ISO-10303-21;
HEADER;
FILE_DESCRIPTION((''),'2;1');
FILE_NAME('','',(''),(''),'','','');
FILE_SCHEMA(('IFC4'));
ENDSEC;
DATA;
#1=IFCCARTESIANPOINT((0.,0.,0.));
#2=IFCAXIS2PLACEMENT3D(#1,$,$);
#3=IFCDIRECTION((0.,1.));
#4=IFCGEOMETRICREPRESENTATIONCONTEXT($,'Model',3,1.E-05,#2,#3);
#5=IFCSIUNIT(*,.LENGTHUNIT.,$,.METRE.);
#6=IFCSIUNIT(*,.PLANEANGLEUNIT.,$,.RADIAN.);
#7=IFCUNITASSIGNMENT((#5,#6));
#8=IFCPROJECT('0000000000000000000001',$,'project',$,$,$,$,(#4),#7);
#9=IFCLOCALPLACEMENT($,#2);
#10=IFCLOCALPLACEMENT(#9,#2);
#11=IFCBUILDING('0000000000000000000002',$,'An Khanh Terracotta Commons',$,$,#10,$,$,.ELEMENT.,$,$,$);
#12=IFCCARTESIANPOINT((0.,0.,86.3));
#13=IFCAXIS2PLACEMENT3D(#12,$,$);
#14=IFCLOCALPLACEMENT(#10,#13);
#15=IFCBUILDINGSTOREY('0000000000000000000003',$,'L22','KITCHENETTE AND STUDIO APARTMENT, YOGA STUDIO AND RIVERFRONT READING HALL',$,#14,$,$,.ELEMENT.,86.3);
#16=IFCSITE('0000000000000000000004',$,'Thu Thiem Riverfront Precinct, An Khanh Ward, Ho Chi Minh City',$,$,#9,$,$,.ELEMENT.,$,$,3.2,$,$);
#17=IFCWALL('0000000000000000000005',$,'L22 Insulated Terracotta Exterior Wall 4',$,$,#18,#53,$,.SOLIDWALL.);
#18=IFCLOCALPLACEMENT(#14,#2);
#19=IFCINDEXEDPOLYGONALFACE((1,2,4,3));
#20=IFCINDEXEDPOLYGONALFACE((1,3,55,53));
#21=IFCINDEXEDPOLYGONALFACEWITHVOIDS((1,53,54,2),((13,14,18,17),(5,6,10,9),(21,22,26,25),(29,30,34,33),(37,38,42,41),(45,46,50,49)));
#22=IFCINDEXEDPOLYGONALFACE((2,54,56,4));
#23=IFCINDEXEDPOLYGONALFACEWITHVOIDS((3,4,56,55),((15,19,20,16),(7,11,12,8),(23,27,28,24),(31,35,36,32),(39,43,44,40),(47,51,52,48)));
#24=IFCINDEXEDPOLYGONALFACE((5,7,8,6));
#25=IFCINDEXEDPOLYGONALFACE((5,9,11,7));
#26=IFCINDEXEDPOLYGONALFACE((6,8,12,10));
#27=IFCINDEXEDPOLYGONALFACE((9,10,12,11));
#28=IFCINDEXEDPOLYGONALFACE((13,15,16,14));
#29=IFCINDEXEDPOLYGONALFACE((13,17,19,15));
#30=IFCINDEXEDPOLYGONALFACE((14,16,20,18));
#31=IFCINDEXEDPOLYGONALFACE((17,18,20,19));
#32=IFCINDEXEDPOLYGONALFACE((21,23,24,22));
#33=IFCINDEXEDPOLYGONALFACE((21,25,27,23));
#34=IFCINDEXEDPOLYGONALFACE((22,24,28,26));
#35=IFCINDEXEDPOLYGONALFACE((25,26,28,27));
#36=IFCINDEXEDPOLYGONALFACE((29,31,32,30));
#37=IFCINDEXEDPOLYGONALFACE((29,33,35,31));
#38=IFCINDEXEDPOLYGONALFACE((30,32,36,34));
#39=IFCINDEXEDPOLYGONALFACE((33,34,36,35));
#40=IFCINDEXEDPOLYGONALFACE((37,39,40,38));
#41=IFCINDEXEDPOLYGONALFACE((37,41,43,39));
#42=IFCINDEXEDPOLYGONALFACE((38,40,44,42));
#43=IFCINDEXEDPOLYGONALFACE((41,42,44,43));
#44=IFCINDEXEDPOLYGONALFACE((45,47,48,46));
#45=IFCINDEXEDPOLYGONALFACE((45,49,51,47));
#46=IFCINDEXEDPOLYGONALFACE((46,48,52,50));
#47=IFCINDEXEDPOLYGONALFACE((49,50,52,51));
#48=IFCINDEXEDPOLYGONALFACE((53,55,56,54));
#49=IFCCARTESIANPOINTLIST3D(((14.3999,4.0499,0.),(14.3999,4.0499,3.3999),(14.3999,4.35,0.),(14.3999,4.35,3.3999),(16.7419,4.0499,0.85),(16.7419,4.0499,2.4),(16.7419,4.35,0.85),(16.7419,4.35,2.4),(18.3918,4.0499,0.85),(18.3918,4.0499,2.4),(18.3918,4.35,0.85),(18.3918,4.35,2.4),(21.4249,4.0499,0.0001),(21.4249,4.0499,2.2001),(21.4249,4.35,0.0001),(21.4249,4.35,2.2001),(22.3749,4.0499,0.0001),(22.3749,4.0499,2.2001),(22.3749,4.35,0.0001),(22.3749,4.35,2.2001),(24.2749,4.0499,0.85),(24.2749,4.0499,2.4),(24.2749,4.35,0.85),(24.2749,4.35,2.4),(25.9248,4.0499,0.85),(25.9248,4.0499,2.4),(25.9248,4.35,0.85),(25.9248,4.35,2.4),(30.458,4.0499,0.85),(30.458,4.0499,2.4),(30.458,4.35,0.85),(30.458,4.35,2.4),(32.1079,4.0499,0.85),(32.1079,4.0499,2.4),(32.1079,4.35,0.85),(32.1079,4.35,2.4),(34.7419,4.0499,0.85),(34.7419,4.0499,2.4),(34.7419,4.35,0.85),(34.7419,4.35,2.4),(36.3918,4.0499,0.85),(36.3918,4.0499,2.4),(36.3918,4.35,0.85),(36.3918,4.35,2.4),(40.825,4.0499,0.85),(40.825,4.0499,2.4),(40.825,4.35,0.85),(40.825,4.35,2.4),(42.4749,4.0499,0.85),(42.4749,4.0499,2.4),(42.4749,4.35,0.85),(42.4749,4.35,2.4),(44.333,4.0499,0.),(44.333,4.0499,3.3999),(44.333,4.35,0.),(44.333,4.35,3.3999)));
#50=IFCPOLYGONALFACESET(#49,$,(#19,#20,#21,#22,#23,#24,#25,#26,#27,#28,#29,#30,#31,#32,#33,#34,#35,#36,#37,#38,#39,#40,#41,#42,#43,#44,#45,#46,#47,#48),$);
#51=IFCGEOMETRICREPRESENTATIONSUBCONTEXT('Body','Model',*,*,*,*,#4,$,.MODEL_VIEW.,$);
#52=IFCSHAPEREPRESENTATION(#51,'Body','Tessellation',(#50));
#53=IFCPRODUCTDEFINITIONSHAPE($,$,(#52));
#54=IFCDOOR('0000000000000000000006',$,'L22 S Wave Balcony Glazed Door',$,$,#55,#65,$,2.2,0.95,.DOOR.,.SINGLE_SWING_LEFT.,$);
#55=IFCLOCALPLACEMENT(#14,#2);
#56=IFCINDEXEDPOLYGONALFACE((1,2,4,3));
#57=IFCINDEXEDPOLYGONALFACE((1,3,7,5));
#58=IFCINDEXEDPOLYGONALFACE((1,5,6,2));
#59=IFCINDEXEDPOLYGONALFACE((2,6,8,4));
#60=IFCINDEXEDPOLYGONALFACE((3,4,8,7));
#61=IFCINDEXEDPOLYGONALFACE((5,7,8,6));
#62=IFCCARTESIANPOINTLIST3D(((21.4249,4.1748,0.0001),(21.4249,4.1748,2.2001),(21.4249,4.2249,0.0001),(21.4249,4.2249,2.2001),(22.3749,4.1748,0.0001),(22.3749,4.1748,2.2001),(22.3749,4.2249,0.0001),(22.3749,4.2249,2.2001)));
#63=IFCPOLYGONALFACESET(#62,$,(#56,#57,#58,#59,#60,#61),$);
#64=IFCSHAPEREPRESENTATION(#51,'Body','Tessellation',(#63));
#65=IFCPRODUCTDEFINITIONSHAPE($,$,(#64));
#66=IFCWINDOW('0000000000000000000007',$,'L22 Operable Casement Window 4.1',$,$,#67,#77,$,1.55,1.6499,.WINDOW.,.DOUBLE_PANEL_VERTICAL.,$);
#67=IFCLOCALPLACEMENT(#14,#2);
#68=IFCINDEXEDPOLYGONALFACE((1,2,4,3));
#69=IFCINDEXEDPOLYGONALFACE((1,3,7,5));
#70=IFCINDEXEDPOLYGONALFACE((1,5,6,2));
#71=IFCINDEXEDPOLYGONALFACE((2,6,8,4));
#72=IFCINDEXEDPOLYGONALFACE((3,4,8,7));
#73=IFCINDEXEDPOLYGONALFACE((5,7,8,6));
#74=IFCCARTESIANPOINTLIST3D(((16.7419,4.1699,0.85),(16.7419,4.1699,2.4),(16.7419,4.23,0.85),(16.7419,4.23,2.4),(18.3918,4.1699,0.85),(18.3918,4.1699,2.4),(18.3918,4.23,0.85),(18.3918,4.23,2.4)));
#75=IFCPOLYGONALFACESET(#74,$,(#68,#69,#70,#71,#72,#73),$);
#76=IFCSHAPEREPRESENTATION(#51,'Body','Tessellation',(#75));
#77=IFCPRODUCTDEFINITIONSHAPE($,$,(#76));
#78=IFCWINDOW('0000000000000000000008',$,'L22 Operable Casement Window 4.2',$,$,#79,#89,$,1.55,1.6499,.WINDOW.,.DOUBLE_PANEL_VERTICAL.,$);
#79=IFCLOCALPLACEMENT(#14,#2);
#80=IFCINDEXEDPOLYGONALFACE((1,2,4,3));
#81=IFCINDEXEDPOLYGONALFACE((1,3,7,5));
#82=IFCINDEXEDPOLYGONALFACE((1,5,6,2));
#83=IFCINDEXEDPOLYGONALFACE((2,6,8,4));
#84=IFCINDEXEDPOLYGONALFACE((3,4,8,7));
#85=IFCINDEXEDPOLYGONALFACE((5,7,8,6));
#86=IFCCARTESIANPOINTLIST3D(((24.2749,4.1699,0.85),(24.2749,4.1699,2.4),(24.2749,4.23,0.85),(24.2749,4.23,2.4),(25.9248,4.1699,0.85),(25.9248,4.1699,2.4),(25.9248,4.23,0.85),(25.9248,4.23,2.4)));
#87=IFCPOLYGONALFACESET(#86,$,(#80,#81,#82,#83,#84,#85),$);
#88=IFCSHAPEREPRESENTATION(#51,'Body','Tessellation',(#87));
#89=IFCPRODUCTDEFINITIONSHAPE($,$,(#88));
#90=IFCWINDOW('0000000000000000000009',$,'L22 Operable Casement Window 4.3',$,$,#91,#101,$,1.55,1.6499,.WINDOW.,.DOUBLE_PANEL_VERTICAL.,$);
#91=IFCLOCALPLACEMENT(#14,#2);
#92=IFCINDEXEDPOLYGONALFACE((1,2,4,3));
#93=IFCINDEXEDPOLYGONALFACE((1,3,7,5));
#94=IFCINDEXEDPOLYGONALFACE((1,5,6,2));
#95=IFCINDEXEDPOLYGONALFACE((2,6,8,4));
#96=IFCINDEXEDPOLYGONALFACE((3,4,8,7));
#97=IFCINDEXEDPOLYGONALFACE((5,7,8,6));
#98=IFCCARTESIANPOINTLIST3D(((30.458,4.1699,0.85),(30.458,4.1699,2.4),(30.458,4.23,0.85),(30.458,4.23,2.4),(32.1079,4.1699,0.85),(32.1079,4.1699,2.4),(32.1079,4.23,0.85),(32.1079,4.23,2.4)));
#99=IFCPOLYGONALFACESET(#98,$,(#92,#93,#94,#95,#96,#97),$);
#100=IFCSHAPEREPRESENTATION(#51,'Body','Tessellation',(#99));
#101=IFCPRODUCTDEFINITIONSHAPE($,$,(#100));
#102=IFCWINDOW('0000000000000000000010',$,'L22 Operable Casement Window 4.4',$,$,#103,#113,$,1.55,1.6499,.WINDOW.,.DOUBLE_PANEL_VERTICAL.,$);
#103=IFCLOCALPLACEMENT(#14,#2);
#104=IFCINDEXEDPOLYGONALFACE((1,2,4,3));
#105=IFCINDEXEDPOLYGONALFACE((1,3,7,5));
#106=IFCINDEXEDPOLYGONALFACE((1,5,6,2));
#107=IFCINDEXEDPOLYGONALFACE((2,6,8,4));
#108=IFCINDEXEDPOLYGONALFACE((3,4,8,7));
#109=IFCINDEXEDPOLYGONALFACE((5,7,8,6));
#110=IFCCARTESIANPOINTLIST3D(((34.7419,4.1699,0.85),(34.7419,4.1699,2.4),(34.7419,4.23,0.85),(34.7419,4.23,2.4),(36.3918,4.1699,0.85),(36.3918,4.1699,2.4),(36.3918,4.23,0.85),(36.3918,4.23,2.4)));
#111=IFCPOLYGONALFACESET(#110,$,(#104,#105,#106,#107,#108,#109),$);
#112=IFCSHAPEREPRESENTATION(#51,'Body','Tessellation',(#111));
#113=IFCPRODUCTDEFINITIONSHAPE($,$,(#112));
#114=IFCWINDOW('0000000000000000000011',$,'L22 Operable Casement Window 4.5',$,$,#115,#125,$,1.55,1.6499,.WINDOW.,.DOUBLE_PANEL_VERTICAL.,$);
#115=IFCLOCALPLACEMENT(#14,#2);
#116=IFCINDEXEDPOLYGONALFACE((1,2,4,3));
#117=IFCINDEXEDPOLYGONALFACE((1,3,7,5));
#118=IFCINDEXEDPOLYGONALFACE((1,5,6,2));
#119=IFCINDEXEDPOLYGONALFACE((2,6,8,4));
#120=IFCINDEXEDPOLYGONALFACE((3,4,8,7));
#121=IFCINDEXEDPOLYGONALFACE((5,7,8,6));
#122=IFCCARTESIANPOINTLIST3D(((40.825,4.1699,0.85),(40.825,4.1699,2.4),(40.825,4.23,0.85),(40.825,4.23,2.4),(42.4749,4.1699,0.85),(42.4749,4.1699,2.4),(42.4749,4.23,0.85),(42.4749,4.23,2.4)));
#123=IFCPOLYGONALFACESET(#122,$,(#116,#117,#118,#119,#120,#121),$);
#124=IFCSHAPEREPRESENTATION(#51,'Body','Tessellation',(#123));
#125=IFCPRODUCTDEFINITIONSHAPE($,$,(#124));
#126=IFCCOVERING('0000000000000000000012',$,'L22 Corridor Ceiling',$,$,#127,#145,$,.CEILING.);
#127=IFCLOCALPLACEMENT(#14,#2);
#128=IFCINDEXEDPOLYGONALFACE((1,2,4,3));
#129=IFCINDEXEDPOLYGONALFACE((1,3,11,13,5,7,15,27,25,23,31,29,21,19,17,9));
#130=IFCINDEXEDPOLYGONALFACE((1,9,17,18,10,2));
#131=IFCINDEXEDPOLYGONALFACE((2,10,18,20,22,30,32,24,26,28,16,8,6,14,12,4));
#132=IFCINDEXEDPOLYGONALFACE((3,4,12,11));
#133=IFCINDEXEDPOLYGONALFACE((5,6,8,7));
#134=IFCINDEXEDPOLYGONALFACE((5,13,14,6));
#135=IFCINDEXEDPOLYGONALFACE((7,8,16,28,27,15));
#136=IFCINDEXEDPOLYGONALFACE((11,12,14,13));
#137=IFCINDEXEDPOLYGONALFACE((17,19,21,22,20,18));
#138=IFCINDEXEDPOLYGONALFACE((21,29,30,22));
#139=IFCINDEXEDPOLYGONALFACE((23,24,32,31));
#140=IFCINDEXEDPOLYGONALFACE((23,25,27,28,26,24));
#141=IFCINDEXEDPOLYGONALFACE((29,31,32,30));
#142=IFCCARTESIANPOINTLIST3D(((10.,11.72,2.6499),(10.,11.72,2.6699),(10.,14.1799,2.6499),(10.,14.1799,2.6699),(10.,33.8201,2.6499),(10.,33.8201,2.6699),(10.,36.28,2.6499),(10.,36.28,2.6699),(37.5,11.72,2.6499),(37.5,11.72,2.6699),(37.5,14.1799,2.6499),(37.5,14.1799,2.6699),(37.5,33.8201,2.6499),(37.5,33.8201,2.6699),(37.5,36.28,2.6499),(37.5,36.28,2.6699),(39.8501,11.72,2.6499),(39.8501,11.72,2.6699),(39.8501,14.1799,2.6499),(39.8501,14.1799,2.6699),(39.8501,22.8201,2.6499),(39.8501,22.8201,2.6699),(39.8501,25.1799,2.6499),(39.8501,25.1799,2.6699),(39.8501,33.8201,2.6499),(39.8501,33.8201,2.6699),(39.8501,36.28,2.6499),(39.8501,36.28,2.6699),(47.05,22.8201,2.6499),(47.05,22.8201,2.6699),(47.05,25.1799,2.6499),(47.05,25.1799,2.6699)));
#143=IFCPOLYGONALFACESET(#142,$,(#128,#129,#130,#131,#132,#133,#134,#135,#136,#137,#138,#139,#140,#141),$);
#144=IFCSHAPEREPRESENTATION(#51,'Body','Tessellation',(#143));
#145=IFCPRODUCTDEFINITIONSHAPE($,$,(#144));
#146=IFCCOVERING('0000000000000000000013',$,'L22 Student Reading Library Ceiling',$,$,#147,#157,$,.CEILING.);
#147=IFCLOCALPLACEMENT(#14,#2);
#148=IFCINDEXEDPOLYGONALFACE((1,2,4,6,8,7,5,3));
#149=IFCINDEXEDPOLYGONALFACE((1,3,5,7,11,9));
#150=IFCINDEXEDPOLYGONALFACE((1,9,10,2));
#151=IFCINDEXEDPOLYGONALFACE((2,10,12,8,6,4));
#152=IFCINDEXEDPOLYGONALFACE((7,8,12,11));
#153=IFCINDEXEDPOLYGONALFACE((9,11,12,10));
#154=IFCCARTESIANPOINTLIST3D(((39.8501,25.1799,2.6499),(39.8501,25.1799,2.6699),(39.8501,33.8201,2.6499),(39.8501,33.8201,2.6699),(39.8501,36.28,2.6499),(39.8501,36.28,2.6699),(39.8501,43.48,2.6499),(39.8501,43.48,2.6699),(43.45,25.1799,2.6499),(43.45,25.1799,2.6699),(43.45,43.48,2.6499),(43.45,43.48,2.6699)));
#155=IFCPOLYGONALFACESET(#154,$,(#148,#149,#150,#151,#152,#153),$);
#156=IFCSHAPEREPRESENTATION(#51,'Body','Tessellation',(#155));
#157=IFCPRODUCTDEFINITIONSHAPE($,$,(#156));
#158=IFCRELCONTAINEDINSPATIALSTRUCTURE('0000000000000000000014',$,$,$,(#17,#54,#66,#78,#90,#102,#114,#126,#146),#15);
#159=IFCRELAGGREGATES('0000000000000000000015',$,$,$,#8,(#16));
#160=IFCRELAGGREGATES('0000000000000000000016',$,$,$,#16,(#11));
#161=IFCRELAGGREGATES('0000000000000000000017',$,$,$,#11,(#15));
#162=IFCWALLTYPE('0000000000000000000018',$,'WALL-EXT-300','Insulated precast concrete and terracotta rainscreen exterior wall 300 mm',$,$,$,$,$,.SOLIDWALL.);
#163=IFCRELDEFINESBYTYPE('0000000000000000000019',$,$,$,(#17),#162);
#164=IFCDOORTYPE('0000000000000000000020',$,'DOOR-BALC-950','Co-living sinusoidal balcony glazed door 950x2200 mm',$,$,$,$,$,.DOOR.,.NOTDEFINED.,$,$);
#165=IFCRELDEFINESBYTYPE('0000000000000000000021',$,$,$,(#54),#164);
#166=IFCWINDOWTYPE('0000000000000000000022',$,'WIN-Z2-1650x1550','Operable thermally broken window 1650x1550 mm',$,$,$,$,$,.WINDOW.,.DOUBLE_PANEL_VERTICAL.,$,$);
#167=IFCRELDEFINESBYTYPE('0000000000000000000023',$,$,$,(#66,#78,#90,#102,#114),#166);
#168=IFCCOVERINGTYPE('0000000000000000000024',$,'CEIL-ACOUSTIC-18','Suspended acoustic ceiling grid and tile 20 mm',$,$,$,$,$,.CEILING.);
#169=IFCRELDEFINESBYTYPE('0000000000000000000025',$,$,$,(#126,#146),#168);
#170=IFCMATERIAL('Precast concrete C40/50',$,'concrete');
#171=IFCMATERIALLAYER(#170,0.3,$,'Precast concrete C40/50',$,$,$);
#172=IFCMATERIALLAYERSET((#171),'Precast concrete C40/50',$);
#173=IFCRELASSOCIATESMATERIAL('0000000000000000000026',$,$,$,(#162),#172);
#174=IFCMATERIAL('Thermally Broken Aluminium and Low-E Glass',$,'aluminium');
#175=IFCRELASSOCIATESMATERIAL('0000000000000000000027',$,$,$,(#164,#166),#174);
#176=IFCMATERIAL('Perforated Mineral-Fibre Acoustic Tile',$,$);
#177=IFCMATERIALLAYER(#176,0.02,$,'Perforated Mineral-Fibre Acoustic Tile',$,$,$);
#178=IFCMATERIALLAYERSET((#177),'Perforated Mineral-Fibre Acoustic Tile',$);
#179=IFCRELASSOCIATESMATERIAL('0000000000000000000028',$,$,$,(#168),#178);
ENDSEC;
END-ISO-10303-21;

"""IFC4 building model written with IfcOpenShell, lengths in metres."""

from ifc_helpers import new_model, si_unit, direction, frame, frame_2d, origin, place, context, subcontext, project, spatial, polyline, rectangle, outline, extrude, material, layer, layer_set, type_object, element, fill, save


model = new_model("IFC4")

# Units and contexts
model_context = context("Model", 3, precision=1e-05, world=origin(), true_north=direction((0.0, 1.0)))
body_context = subcontext(model_context, "Body", "Model", "MODEL_VIEW")
ifc_project = project(units=[si_unit("LENGTHUNIT", "METRE"), si_unit("PLANEANGLEUNIT", "RADIAN")], contexts=[model_context])

# Site, building, storey
site_placement = place(None, origin())
site = spatial("IfcSite", under=ifc_project, at=site_placement, Name="Thu Thiem Riverfront Precinct, An Khanh Ward, Ho Chi Minh City", CompositionType="ELEMENT", RefElevation=3.2)
building_placement = place(site_placement, origin())
building = spatial("IfcBuilding", under=site, at=building_placement, Name="An Khanh Terracotta Commons", CompositionType="ELEMENT")
storey_placement = place(building_placement, frame((0.0, 0.0, 86.3)))
storey = spatial("IfcBuildingStorey", under=building, at=storey_placement, Name="L22", Description="KITCHENETTE AND STUDIO APARTMENT, YOGA STUDIO AND RIVERFRONT READING HALL", CompositionType="ELEMENT", Elevation=86.3)

# Shared definitions
ifc_material_1 = material(Name="Precast concrete C40/50", Category="concrete")

# Shared definitions
ifc_layer_1 = layer(ifc_material_1, 0.3, Name="Precast concrete C40/50")
ifc_layer_set_1 = layer_set([ifc_layer_1], Name="Precast concrete C40/50")
wall_type = type_object("IfcWallType", Name="WALL-EXT-300", Description="Insulated precast concrete and terracotta rainscreen exterior wall 300 mm", PredefinedType="SOLIDWALL", material=ifc_layer_set_1)

# Wall, openings, door, windows
wall_1_placement = place(storey_placement, frame((14.3999, 4.2, 0.0), z_axis=(0.0, 0.0, 1.0), x_axis=(1.0, 0.0, 0.0)))
wall_1 = element("IfcWall", 1, at=wall_1_placement, inside=storey, type_object=wall_type, Name="L22 Insulated Terracotta Exterior Wall 4", PredefinedType="SOLIDWALL", context=body_context, shape_type="SweptSolid", body=[
    extrude(rectangle(XDim=29.9331, YDim=0.3, at=frame_2d((14.9666, 0.0))), origin(), (0.0, 0.0, 1.0), 3.3999),
])
opening_1_placement = place(wall_1_placement, frame((7.0249, 0.0, 0.0)))
opening_1 = element("IfcOpeningElement", 2, at=opening_1_placement, cuts=wall_1, PredefinedType="OPENING", context=body_context, shape_type="SweptSolid", body=[
    extrude(rectangle(XDim=0.95, YDim=2.2, at=frame_2d((0.4751, 1.1001))), frame((0.0, 0.1599, 0.0), z_axis=(0.0, -1.0, 0.0), x_axis=(1.0, 0.0, 0.0)), (0.0, 0.0, 1.0), 0.3201),
])
opening_2_placement = place(wall_1_placement, frame((2.342, 0.0, 0.8501)))
opening_2 = element("IfcOpeningElement", 3, at=opening_2_placement, cuts=wall_1, PredefinedType="OPENING", context=body_context, shape_type="SweptSolid", body=[
    extrude(rectangle(XDim=1.6499, YDim=1.55, at=frame_2d((0.825, 0.7749))), frame((0.0, 0.1599, 0.0), z_axis=(0.0, -1.0, 0.0), x_axis=(1.0, 0.0, 0.0)), (0.0, 0.0, 1.0), 0.3201),
])
opening_3_placement = place(wall_1_placement, frame((9.875, 0.0, 0.8501)))
opening_3 = element("IfcOpeningElement", 4, at=opening_3_placement, cuts=wall_1, PredefinedType="OPENING", context=body_context, shape_type="SweptSolid", body=[
    extrude(rectangle(XDim=1.6499, YDim=1.55, at=frame_2d((0.825, 0.7749))), frame((0.0, 0.1599, 0.0), z_axis=(0.0, -1.0, 0.0), x_axis=(1.0, 0.0, 0.0)), (0.0, 0.0, 1.0), 0.3201),
])
opening_4_placement = place(wall_1_placement, frame((16.0581, 0.0, 0.8501)))
opening_4 = element("IfcOpeningElement", 5, at=opening_4_placement, cuts=wall_1, PredefinedType="OPENING", context=body_context, shape_type="SweptSolid", body=[
    extrude(rectangle(XDim=1.6499, YDim=1.55, at=frame_2d((0.825, 0.7749))), frame((0.0, 0.1599, 0.0), z_axis=(0.0, -1.0, 0.0), x_axis=(1.0, 0.0, 0.0)), (0.0, 0.0, 1.0), 0.3201),
])
opening_5_placement = place(wall_1_placement, frame((20.342, 0.0, 0.8501)))
opening_5 = element("IfcOpeningElement", 6, at=opening_5_placement, cuts=wall_1, PredefinedType="OPENING", context=body_context, shape_type="SweptSolid", body=[
    extrude(rectangle(XDim=1.6499, YDim=1.55, at=frame_2d((0.825, 0.7749))), frame((0.0, 0.1599, 0.0), z_axis=(0.0, -1.0, 0.0), x_axis=(1.0, 0.0, 0.0)), (0.0, 0.0, 1.0), 0.3201),
])
opening_6_placement = place(wall_1_placement, frame((26.425, 0.0, 0.8501)))
opening_6 = element("IfcOpeningElement", 7, at=opening_6_placement, cuts=wall_1, PredefinedType="OPENING", context=body_context, shape_type="SweptSolid", body=[
    extrude(rectangle(XDim=1.6499, YDim=1.55, at=frame_2d((0.825, 0.7749))), frame((0.0, 0.1599, 0.0), z_axis=(0.0, -1.0, 0.0), x_axis=(1.0, 0.0, 0.0)), (0.0, 0.0, 1.0), 0.3201),
])
ifc_material_2 = material(Name="Thermally Broken Aluminium and Low-E Glass", Category="aluminium")
door_type = type_object("IfcDoorType", Name="DOOR-BALC-950", Description="Co-living sinusoidal balcony glazed door 950x2200 mm", OperationType="NOTDEFINED", PredefinedType="DOOR", material=ifc_material_2)
door_placement = place(opening_1_placement, origin())
door = element("IfcDoor", 8, at=door_placement, inside=storey, type_object=door_type, Name="L22 S Wave Balcony Glazed Door", OperationType="SINGLE_SWING_LEFT", OverallHeight=2.2, OverallWidth=0.95, PredefinedType="DOOR", context=body_context, shape_type="SweptSolid", body=[
    extrude(rectangle(XDim=0.95, YDim=2.2, at=frame_2d((0.4751, 1.1001))), frame((0.0, 0.0249, 0.0), z_axis=(0.0, -1.0, 0.0), x_axis=(1.0, 0.0, 0.0)), (0.0, 0.0, 1.0), 0.05),
])
fill(opening_1, door)
window_type = type_object("IfcWindowType", Name="WIN-Z2-1650x1550", Description="Operable thermally broken window 1650x1550 mm", PartitioningType="DOUBLE_PANEL_VERTICAL", PredefinedType="WINDOW", material=ifc_material_2)
window_1_placement = place(opening_2_placement, origin())
window_1 = element("IfcWindow", 9, at=window_1_placement, inside=storey, type_object=window_type, Name="L22 Operable Casement Window 4.1", OverallHeight=1.55, OverallWidth=1.6499, PartitioningType="DOUBLE_PANEL_VERTICAL", PredefinedType="WINDOW", context=body_context, shape_type="SweptSolid", body=[
    extrude(rectangle(XDim=1.6499, YDim=1.55, at=frame_2d((0.825, 0.7749))), frame((0.0, 0.03, 0.0), z_axis=(0.0, -1.0, 0.0), x_axis=(1.0, 0.0, 0.0)), (0.0, 0.0, 1.0), 0.0601),
])
fill(opening_2, window_1)
window_2_placement = place(opening_3_placement, origin())
window_2 = element("IfcWindow", 10, at=window_2_placement, inside=storey, type_object=window_type, Name="L22 Operable Casement Window 4.2", OverallHeight=1.55, OverallWidth=1.6499, PartitioningType="DOUBLE_PANEL_VERTICAL", PredefinedType="WINDOW", context=body_context, shape_type="SweptSolid", body=[
    extrude(rectangle(XDim=1.6499, YDim=1.55, at=frame_2d((0.825, 0.7749))), frame((0.0, 0.03, 0.0), z_axis=(0.0, -1.0, 0.0), x_axis=(1.0, 0.0, 0.0)), (0.0, 0.0, 1.0), 0.0601),
])
fill(opening_3, window_2)
window_3_placement = place(opening_4_placement, origin())
window_3 = element("IfcWindow", 11, at=window_3_placement, inside=storey, type_object=window_type, Name="L22 Operable Casement Window 4.3", OverallHeight=1.55, OverallWidth=1.6499, PartitioningType="DOUBLE_PANEL_VERTICAL", PredefinedType="WINDOW", context=body_context, shape_type="SweptSolid", body=[
    extrude(rectangle(XDim=1.6499, YDim=1.55, at=frame_2d((0.825, 0.7749))), frame((0.0, 0.03, 0.0), z_axis=(0.0, -1.0, 0.0), x_axis=(1.0, 0.0, 0.0)), (0.0, 0.0, 1.0), 0.0601),
])
fill(opening_4, window_3)
window_4_placement = place(opening_5_placement, origin())
window_4 = element("IfcWindow", 12, at=window_4_placement, inside=storey, type_object=window_type, Name="L22 Operable Casement Window 4.4", OverallHeight=1.55, OverallWidth=1.6499, PartitioningType="DOUBLE_PANEL_VERTICAL", PredefinedType="WINDOW", context=body_context, shape_type="SweptSolid", body=[
    extrude(rectangle(XDim=1.6499, YDim=1.55, at=frame_2d((0.825, 0.7749))), frame((0.0, 0.03, 0.0), z_axis=(0.0, -1.0, 0.0), x_axis=(1.0, 0.0, 0.0)), (0.0, 0.0, 1.0), 0.0601),
])
fill(opening_5, window_4)
window_5_placement = place(opening_6_placement, origin())
window_5 = element("IfcWindow", 13, at=window_5_placement, inside=storey, type_object=window_type, Name="L22 Operable Casement Window 4.5", OverallHeight=1.55, OverallWidth=1.6499, PartitioningType="DOUBLE_PANEL_VERTICAL", PredefinedType="WINDOW", context=body_context, shape_type="SweptSolid", body=[
    extrude(rectangle(XDim=1.6499, YDim=1.55, at=frame_2d((0.825, 0.7749))), frame((0.0, 0.03, 0.0), z_axis=(0.0, -1.0, 0.0), x_axis=(1.0, 0.0, 0.0)), (0.0, 0.0, 1.0), 0.0601),
])
fill(opening_6, window_5)

# Coverings
ifc_material_3 = material(Name="Perforated Mineral-Fibre Acoustic Tile")
ifc_layer_2 = layer(ifc_material_3, 0.02, Name="Perforated Mineral-Fibre Acoustic Tile")
ifc_layer_set_2 = layer_set([ifc_layer_2], Name="Perforated Mineral-Fibre Acoustic Tile")
covering_type = type_object("IfcCoveringType", Name="CEIL-ACOUSTIC-18", Description="Suspended acoustic ceiling grid and tile 20 mm", PredefinedType="CEILING", material=ifc_layer_set_2)
covering_1_placement = place(storey_placement, frame((0.0, 0.0, 2.6499)))
element("IfcCovering", 14, at=covering_1_placement, inside=storey, type_object=covering_type, Name="L22 Corridor Ceiling", PredefinedType="CEILING", context=body_context, shape_type="SweptSolid", body=[
    extrude(outline(polyline([(10.0, 11.72), (10.0, 14.1799), (37.5, 14.1799), (37.5, 33.8201), (10.0, 33.8201), (10.0, 36.28), (37.5, 36.28), (39.8501, 36.28), (39.8501, 33.8201), (39.8501, 25.1799), (47.05, 25.1799), (47.05, 22.8201), (39.8501, 22.8201), (39.8501, 14.1799), (39.8501, 11.72), (37.5, 11.72), (10.0, 11.72)])), origin(), (0.0, 0.0, 1.0), 0.02),
])
covering_2_placement = place(storey_placement, frame((0.0, 0.0, 2.6499)))
element("IfcCovering", 15, at=covering_2_placement, inside=storey, type_object=covering_type, Name="L22 Student Reading Library Ceiling", PredefinedType="CEILING", context=body_context, shape_type="SweptSolid", body=[
    extrude(outline(polyline([(43.45, 43.48), (43.45, 25.1799), (39.8501, 25.1799), (39.8501, 33.8201), (39.8501, 36.28), (39.8501, 43.48), (43.45, 43.48)])), origin(), (0.0, 0.0, 1.0), 0.02),
])

save(model, "model.ifc")
